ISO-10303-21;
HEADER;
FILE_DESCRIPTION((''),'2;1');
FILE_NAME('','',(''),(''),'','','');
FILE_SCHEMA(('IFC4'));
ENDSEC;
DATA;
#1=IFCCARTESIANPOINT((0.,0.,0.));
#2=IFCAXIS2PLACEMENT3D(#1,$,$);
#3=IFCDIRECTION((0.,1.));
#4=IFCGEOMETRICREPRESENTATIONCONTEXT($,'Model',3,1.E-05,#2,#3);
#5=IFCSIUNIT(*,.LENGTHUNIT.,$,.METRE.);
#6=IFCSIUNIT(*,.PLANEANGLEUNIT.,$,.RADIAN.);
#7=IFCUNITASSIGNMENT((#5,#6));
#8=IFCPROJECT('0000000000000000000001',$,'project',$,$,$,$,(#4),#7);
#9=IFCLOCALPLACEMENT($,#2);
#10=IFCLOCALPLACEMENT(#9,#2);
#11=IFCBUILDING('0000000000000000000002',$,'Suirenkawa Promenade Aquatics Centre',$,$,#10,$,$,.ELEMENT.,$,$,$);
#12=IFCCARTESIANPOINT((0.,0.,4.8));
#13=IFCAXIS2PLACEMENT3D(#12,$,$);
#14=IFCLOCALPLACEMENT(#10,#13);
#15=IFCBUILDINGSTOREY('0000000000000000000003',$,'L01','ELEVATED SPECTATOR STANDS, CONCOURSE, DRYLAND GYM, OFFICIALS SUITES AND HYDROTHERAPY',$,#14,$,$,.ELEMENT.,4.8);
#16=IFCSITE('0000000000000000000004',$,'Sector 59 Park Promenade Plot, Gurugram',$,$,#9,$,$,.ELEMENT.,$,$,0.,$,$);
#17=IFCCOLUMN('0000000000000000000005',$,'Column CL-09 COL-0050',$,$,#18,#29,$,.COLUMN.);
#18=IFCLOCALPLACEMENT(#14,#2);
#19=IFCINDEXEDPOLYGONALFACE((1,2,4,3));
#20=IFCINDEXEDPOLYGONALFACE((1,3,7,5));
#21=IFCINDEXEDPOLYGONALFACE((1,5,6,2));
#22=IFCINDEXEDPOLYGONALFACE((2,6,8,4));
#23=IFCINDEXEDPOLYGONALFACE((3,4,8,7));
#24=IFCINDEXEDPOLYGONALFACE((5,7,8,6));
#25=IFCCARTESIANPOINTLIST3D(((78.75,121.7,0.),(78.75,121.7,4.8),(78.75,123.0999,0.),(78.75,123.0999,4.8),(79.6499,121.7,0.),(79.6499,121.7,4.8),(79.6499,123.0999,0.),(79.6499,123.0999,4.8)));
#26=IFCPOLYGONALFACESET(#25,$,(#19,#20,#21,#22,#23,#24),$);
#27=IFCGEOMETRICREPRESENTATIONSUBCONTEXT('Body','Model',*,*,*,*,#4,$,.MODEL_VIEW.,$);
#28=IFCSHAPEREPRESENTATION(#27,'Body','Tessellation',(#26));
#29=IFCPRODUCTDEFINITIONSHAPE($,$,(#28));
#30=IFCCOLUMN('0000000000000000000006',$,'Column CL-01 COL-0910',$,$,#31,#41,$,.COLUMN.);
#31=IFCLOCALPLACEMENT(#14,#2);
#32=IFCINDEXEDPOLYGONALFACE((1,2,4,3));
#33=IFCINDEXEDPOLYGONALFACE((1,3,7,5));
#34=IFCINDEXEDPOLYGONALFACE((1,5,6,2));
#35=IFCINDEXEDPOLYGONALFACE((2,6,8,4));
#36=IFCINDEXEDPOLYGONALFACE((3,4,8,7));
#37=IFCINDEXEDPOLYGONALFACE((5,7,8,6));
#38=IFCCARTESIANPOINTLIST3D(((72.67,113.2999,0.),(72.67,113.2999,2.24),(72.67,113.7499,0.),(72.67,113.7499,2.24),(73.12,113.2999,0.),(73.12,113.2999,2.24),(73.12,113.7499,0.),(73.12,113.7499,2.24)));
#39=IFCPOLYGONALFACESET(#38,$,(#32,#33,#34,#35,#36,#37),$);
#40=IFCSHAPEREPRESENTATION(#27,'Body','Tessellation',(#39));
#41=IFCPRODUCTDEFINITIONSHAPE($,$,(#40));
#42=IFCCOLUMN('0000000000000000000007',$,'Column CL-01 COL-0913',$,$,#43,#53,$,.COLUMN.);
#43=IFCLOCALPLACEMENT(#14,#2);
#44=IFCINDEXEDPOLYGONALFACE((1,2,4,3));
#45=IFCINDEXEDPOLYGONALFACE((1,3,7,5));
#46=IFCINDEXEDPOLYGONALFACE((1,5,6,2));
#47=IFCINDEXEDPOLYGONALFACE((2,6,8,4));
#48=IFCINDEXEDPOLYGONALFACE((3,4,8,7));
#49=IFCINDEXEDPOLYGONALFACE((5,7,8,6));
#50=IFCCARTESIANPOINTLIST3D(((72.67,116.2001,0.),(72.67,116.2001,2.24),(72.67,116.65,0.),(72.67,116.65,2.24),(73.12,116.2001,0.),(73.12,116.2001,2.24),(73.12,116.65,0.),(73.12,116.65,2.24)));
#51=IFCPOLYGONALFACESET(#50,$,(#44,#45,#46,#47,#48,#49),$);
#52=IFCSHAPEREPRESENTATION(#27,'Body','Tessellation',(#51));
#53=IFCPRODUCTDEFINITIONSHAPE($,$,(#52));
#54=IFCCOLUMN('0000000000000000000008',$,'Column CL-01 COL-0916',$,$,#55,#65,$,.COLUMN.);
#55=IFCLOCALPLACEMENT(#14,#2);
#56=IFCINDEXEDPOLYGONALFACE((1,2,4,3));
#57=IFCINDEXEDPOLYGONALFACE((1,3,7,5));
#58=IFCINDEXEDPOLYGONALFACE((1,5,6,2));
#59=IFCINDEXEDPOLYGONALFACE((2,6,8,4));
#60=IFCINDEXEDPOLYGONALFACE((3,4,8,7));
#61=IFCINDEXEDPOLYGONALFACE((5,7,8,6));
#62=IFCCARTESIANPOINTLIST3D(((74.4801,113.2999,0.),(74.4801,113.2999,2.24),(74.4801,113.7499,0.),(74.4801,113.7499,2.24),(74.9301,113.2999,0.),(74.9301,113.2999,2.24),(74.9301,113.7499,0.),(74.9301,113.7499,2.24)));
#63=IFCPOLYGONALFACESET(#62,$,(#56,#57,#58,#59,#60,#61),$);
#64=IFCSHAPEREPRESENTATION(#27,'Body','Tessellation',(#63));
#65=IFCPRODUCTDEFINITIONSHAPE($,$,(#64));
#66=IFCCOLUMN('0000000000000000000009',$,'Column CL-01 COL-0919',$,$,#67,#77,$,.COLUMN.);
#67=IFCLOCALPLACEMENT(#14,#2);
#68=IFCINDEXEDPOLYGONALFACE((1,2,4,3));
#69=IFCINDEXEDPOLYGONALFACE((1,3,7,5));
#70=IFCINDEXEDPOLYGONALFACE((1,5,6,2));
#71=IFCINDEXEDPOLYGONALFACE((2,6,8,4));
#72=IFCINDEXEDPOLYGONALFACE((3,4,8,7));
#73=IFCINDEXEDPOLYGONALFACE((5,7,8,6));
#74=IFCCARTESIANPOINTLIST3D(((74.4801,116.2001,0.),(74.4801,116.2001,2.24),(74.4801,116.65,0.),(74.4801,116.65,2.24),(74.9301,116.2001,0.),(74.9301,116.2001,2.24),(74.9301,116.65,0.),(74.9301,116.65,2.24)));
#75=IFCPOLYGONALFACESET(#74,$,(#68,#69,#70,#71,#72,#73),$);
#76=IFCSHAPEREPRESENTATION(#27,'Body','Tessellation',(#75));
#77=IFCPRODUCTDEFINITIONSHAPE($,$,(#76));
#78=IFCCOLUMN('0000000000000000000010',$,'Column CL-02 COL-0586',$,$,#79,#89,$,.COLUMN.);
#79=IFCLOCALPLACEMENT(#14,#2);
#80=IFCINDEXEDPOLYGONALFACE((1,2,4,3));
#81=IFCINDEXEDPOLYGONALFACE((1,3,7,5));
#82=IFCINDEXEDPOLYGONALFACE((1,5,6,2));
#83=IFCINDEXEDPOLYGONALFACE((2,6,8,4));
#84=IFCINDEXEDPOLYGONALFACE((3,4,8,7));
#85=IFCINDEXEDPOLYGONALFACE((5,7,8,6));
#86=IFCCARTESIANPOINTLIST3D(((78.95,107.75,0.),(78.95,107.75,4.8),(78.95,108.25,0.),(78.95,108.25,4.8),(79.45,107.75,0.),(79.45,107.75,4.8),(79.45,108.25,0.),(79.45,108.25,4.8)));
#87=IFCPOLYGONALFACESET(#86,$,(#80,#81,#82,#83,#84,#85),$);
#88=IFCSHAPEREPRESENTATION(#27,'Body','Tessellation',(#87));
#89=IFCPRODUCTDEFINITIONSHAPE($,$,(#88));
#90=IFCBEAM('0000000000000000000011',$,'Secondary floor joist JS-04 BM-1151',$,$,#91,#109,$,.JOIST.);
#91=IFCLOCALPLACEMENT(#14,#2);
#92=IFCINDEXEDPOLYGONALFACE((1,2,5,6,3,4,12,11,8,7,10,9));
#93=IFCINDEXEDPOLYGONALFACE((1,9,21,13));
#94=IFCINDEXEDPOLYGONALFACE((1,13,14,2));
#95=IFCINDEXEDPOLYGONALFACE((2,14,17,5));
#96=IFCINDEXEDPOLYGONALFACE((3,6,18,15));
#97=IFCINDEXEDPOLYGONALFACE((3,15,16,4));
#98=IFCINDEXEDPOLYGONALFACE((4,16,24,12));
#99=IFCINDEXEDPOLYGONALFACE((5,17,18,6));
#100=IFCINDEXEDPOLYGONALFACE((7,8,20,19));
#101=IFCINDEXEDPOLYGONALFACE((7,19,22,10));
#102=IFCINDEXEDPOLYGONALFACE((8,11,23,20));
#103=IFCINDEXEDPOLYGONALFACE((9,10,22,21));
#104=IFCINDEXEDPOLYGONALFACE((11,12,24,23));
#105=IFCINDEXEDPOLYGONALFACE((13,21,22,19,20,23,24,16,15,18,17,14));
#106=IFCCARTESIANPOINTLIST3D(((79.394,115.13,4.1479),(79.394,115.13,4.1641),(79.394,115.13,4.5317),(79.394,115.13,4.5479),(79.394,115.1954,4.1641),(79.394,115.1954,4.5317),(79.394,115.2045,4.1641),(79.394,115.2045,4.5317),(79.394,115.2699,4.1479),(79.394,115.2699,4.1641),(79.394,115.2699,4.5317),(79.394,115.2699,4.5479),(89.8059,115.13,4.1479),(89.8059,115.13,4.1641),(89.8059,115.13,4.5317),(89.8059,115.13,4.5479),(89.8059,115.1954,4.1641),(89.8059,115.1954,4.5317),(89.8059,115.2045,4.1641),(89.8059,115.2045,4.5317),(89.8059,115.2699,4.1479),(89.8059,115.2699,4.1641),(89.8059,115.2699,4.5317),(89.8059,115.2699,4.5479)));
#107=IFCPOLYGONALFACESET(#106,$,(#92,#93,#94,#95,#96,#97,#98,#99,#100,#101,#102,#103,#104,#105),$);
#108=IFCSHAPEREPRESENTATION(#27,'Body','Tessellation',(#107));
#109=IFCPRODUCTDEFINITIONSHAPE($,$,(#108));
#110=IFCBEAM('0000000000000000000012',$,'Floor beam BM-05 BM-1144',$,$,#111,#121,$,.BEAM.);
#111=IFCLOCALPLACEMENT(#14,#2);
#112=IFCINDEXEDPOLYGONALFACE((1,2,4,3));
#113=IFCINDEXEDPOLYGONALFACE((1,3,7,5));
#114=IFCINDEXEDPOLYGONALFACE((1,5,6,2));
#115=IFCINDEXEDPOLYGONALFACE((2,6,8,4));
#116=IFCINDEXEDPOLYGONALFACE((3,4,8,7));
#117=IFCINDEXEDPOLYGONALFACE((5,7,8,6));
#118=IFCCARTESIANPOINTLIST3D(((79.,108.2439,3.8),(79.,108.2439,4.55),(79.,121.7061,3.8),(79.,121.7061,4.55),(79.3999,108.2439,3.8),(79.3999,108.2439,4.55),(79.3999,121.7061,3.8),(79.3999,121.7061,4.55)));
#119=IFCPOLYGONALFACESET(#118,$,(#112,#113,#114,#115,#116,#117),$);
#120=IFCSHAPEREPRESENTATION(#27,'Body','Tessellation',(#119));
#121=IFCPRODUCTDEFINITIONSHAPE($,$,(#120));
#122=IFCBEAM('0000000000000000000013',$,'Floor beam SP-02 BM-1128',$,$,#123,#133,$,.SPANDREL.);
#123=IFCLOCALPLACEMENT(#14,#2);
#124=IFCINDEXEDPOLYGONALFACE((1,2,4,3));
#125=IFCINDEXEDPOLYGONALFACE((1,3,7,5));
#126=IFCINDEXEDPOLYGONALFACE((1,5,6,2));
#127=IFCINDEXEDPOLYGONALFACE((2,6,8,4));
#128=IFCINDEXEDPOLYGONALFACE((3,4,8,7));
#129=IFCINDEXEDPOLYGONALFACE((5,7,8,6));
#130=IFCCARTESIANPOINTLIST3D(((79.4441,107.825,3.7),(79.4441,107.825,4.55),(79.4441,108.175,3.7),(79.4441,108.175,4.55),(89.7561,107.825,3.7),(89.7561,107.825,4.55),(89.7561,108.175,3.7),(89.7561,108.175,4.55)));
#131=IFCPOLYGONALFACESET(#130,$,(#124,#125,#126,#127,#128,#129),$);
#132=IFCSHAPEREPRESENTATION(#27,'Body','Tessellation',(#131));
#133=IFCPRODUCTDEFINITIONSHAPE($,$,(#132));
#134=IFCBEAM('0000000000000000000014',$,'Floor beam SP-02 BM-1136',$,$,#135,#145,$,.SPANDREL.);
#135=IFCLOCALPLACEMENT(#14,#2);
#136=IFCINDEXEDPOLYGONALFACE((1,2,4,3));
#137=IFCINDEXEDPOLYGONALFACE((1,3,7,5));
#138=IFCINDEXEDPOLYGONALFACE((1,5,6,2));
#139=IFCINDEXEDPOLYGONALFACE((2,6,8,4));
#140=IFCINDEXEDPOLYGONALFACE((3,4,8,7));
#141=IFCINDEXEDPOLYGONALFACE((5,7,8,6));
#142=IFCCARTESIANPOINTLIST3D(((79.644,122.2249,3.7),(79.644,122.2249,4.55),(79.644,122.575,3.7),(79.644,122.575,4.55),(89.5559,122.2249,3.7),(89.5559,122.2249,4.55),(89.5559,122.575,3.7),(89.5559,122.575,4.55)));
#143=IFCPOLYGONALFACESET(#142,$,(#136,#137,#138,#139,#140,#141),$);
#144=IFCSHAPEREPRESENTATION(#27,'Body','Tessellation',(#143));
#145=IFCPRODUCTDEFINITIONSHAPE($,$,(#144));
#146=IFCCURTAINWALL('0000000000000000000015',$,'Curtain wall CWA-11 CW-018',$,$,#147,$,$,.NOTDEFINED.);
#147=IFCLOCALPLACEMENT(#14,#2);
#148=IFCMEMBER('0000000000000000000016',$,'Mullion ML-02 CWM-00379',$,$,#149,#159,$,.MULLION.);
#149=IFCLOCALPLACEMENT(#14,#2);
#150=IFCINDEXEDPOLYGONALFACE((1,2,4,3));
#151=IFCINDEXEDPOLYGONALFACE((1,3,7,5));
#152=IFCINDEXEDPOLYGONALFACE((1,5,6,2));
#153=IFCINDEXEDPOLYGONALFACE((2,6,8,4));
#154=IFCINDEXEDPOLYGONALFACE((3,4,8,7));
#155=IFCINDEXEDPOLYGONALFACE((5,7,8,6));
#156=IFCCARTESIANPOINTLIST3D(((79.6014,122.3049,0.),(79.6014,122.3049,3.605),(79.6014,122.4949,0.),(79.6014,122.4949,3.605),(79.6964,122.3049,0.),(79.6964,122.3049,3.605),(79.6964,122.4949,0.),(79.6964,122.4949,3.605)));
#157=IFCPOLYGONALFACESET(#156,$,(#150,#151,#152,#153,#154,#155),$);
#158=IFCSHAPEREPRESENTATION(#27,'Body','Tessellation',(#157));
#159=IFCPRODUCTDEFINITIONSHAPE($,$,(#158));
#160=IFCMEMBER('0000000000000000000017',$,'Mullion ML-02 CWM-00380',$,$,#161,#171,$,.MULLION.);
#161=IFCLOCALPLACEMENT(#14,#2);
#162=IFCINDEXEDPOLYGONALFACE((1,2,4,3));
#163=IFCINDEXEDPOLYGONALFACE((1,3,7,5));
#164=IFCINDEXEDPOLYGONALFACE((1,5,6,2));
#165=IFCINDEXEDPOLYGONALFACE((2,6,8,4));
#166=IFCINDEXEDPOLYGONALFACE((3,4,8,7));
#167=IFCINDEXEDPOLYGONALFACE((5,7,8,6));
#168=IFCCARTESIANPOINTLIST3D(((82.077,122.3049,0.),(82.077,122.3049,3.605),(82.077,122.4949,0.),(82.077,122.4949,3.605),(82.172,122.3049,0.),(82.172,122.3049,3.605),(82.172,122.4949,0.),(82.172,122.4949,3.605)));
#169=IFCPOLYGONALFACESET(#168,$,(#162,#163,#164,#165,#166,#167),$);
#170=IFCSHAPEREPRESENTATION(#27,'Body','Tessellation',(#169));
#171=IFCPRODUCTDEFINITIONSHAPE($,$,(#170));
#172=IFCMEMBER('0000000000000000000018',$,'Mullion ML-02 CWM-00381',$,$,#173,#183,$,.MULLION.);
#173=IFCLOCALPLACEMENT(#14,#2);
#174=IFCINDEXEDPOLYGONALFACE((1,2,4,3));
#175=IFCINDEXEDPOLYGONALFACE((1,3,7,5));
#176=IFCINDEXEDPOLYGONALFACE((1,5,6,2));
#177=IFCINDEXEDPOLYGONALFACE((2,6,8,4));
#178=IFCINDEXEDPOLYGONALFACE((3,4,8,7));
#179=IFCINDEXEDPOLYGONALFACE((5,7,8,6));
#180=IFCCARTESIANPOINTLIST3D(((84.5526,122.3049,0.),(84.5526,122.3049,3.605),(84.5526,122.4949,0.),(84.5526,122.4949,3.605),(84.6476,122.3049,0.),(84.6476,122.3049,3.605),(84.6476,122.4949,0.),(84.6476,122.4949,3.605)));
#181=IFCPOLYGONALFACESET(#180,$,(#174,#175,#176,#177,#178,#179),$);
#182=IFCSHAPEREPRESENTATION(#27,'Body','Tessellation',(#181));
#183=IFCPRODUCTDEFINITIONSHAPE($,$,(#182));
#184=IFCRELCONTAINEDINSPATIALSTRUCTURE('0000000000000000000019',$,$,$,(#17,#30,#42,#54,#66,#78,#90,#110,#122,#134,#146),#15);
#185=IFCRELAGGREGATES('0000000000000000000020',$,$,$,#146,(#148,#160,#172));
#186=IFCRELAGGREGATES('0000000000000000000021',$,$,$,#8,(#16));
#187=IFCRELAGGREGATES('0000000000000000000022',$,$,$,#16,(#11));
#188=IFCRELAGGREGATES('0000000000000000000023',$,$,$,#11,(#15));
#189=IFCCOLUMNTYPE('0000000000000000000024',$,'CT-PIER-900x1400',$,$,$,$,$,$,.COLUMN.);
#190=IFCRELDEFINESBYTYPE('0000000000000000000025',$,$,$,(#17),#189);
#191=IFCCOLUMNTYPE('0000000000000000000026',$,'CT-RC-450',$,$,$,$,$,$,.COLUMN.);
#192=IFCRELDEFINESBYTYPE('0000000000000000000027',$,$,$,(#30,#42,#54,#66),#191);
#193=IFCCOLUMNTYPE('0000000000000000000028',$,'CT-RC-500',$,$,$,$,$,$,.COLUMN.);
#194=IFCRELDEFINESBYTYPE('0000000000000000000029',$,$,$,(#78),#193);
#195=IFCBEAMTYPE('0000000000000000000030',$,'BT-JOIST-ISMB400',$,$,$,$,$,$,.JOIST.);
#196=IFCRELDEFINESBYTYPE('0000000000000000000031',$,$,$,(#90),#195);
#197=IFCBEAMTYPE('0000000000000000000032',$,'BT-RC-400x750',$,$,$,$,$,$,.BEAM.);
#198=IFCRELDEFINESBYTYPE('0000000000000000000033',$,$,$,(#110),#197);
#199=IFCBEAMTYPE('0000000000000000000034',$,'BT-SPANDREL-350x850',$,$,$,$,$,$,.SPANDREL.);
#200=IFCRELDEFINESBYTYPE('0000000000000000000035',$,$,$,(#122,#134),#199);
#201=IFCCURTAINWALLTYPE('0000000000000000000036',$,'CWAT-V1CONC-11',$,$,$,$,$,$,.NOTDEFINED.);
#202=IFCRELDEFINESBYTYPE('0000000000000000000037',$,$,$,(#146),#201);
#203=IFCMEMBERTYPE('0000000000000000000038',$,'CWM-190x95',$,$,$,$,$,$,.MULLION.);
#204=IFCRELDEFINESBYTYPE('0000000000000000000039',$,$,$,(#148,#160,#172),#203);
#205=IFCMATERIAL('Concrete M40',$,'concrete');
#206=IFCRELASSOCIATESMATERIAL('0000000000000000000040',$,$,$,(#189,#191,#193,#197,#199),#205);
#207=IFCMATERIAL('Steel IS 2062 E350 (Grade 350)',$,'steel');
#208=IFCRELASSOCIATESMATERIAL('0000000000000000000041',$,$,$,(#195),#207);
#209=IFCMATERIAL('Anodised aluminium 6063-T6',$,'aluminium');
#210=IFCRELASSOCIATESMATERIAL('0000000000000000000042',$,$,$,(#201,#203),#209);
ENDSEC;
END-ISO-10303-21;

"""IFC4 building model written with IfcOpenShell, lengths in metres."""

from ifc_helpers import new_model, si_unit, direction, frame, origin, origin_2d, place, context, subcontext, project, spatial, rectangle, i_section, extrude, material, material_profile, profile_set, type_object, element, aggregate, save


model = new_model("IFC4")

# Units and contexts
model_context = context("Model", 3, precision=1e-05, world=origin(), true_north=direction((0.0, 1.0)))
body_context = subcontext(model_context, "Body", "Model", "MODEL_VIEW")
ifc_project = project(units=[si_unit("LENGTHUNIT", "METRE"), si_unit("PLANEANGLEUNIT", "RADIAN")], contexts=[model_context])

# Site, building, storey
site_placement = place(None, origin())
site = spatial("IfcSite", under=ifc_project, at=site_placement, Name="Sector 59 Park Promenade Plot, Gurugram", CompositionType="ELEMENT", RefElevation=0.0)
building_placement = place(site_placement, origin())
building = spatial("IfcBuilding", under=site, at=building_placement, Name="Suirenkawa Promenade Aquatics Centre", CompositionType="ELEMENT")
storey_placement = place(building_placement, frame((0.0, 0.0, 4.8)))
storey = spatial("IfcBuildingStorey", under=building, at=storey_placement, Name="L01", Description="ELEVATED SPECTATOR STANDS, CONCOURSE, DRYLAND GYM, OFFICIALS SUITES AND HYDROTHERAPY", CompositionType="ELEMENT", Elevation=4.8)

# Columns
ifc_material_1 = material(Name="Concrete M40", Category="concrete")
ifc_material_profile_1 = material_profile(ifc_material_1, rectangle(XDim=0.8999, YDim=1.3999, at=origin_2d()), Name="RC PIER 900x1400", Category="concrete")
ifc_profile_set_1 = profile_set([ifc_material_profile_1], Name="Concrete M40")
column_type_1 = type_object("IfcColumnType", Name="CT-PIER-900x1400", PredefinedType="COLUMN", material=ifc_profile_set_1)
column_1_placement = place(storey_placement, frame((79.2, 122.3999, 0.0), z_axis=(0.0, 0.0, 1.0), x_axis=(1.0, 0.0, 0.0)))
element("IfcColumn", 1, at=column_1_placement, inside=storey, type_object=column_type_1, Name="Column CL-09 COL-0050", PredefinedType="COLUMN", context=body_context, shape_type="SweptSolid", body=[
    extrude(rectangle(XDim=0.8999, YDim=1.3999, at=origin_2d()), origin(), (0.0, 0.0, 1.0), 4.8),
])
ifc_material_profile_2 = material_profile(ifc_material_1, rectangle(XDim=0.45, YDim=0.45, at=origin_2d()), Name="RC COL 450x450", Category="concrete")
ifc_profile_set_2 = profile_set([ifc_material_profile_2], Name="Concrete M40")
column_type_2 = type_object("IfcColumnType", Name="CT-RC-450", PredefinedType="COLUMN", material=ifc_profile_set_2)
for number, where, z_axis, x_axis, name in (
    (2, (72.895, 113.5249, 0.0), (0.0, 0.0, 1.0), (1.0, 0.0, 0.0), "Column CL-01 COL-0910"),
    (3, (72.895, 116.425, 0.0), (0.0, 0.0, 1.0), (1.0, 0.0, 0.0), "Column CL-01 COL-0913"),
    (4, (74.7051, 113.5249, 0.0), (0.0, 0.0, 1.0), (1.0, 0.0, 0.0), "Column CL-01 COL-0916"),
    (5, (74.7051, 116.425, 0.0), (0.0, 0.0, 1.0), (1.0, 0.0, 0.0), "Column CL-01 COL-0919"),
):
    element("IfcColumn", number, at=place(storey_placement, frame(where, z_axis=z_axis, x_axis=x_axis)), inside=storey, type_object=column_type_2, Name=name, PredefinedType="COLUMN", context=body_context, shape_type="SweptSolid", body=[
        extrude(rectangle(XDim=0.45, YDim=0.45, at=origin_2d()), origin(), (0.0, 0.0, 1.0), 2.24),
    ])
ifc_material_profile_3 = material_profile(ifc_material_1, rectangle(XDim=0.5, YDim=0.5, at=origin_2d()), Name="RC COL 500x500", Category="concrete")
ifc_profile_set_3 = profile_set([ifc_material_profile_3], Name="Concrete M40")
column_type_3 = type_object("IfcColumnType", Name="CT-RC-500", PredefinedType="COLUMN", material=ifc_profile_set_3)
column_2_placement = place(storey_placement, frame((79.2, 108.0, 0.0), z_axis=(0.0, 0.0, 1.0), x_axis=(1.0, 0.0, 0.0)))
element("IfcColumn", 6, at=column_2_placement, inside=storey, type_object=column_type_3, Name="Column CL-02 COL-0586", PredefinedType="COLUMN", context=body_context, shape_type="SweptSolid", body=[
    extrude(rectangle(XDim=0.5, YDim=0.5, at=origin_2d()), origin(), (0.0, 0.0, 1.0), 4.8),
])

# Beams
ifc_material_2 = material(Name="Steel IS 2062 E350 (Grade 350)", Category="steel")
ifc_material_profile_4 = material_profile(ifc_material_2, i_section(OverallWidth=0.1399, OverallDepth=0.3999, WebThickness=0.009, FlangeThickness=0.0161, at=origin_2d()), Name="ISMB 400", Category="steel")
ifc_profile_set_4 = profile_set([ifc_material_profile_4], Name="Steel IS 2062 E350 (Grade 350)")
beam_type_1 = type_object("IfcBeamType", Name="BT-JOIST-ISMB400", PredefinedType="JOIST", material=ifc_profile_set_4)
beam_1_placement = place(storey_placement, frame((79.394, 115.2, 4.3479), z_axis=(1.0, 0.0, 0.0), x_axis=(0.0, 1.0, 0.0)))
element("IfcBeam", 7, at=beam_1_placement, inside=storey, type_object=beam_type_1, Name="Secondary floor joist JS-04 BM-1151", PredefinedType="JOIST", context=body_context, shape_type="SweptSolid", body=[
    extrude(i_section(OverallWidth=0.1399, OverallDepth=0.3999, WebThickness=0.009, FlangeThickness=0.0161, at=origin_2d()), origin(), (0.0, 0.0, 1.0), 10.4119),
])
ifc_material_profile_5 = material_profile(ifc_material_1, rectangle(XDim=0.3999, YDim=0.75, at=origin_2d()), Name="RC BM 400x750", Category="concrete")
ifc_profile_set_5 = profile_set([ifc_material_profile_5], Name="Concrete M40")
beam_type_2 = type_object("IfcBeamType", Name="BT-RC-400x750", PredefinedType="BEAM", material=ifc_profile_set_5)
beam_2_placement = place(storey_placement, frame((79.2, 108.2439, 4.175), z_axis=(0.0, 1.0, 0.0), x_axis=(-1.0, 0.0, 0.0)))
element("IfcBeam", 8, at=beam_2_placement, inside=storey, type_object=beam_type_2, Name="Floor beam BM-05 BM-1144", PredefinedType="BEAM", context=body_context, shape_type="SweptSolid", body=[
    extrude(rectangle(XDim=0.3999, YDim=0.75, at=origin_2d()), origin(), (0.0, 0.0, 1.0), 13.4622),
])
ifc_material_profile_6 = material_profile(ifc_material_1, rectangle(XDim=0.3501, YDim=0.8501, at=origin_2d()), Name="RC SPANDREL 350x850", Category="concrete")
ifc_profile_set_6 = profile_set([ifc_material_profile_6], Name="Concrete M40")
beam_type_3 = type_object("IfcBeamType", Name="BT-SPANDREL-350x850", PredefinedType="SPANDREL", material=ifc_profile_set_6)
beam_3_placement = place(storey_placement, frame((79.4441, 108.0, 4.125), z_axis=(1.0, 0.0, 0.0), x_axis=(0.0, 1.0, 0.0)))
element("IfcBeam", 9, at=beam_3_placement, inside=storey, type_object=beam_type_3, Name="Floor beam SP-02 BM-1128", PredefinedType="SPANDREL", context=body_context, shape_type="SweptSolid", body=[
    extrude(rectangle(XDim=0.3501, YDim=0.8501, at=origin_2d()), origin(), (0.0, 0.0, 1.0), 10.312),
])
beam_4_placement = place(storey_placement, frame((79.644, 122.3999, 4.125), z_axis=(1.0, 0.0, 0.0), x_axis=(0.0, 1.0, 0.0)))
element("IfcBeam", 10, at=beam_4_placement, inside=storey, type_object=beam_type_3, Name="Floor beam SP-02 BM-1136", PredefinedType="SPANDREL", context=body_context, shape_type="SweptSolid", body=[
    extrude(rectangle(XDim=0.3501, YDim=0.8501, at=origin_2d()), origin(), (0.0, 0.0, 1.0), 9.9119),
])

# Curtain wall, members
ifc_material_3 = material(Name="Anodised aluminium 6063-T6", Category="aluminium")
curtain_wall_type = type_object("IfcCurtainWallType", Name="CWAT-V1CONC-11", PredefinedType="NOTDEFINED", material=ifc_material_3)
curtain_wall_placement = place(storey_placement, origin())
curtain_wall = element("IfcCurtainWall", 11, at=curtain_wall_placement, inside=storey, type_object=curtain_wall_type, Name="Curtain wall CWA-11 CW-018", PredefinedType="NOTDEFINED")
ifc_material_profile_7 = material_profile(ifc_material_3, rectangle(XDim=0.095, YDim=0.1899, at=origin_2d()), Name="ALU MULL 95x190", Category="aluminium")
ifc_profile_set_7 = profile_set([ifc_material_profile_7], Name="Anodised aluminium 6063-T6")
member_type_1 = type_object("IfcMemberType", Name="CWM-190x95", PredefinedType="MULLION", material=ifc_profile_set_7)
member_1_placement = place(storey_placement, frame((79.6489, 122.3999, 0.0), z_axis=(0.0, 0.0, 1.0), x_axis=(1.0, 0.0, 0.0)))
member_1 = element("IfcMember", 12, at=member_1_placement, type_object=member_type_1, Name="Mullion ML-02 CWM-00379", PredefinedType="MULLION", context=body_context, shape_type="SweptSolid", body=[
    extrude(rectangle(XDim=0.095, YDim=0.1899, at=origin_2d()), origin(), (0.0, 0.0, 1.0), 3.605),
])
member_2_placement = place(storey_placement, frame((82.1245, 122.3999, 0.0), z_axis=(0.0, 0.0, 1.0), x_axis=(1.0, 0.0, 0.0)))
member_2 = element("IfcMember", 13, at=member_2_placement, type_object=member_type_1, Name="Mullion ML-02 CWM-00380", PredefinedType="MULLION", context=body_context, shape_type="SweptSolid", body=[
    extrude(rectangle(XDim=0.095, YDim=0.1899, at=origin_2d()), origin(), (0.0, 0.0, 1.0), 3.605),
])
member_3_placement = place(storey_placement, frame((84.6001, 122.3999, 0.0), z_axis=(0.0, 0.0, 1.0), x_axis=(1.0, 0.0, 0.0)))
member_3 = element("IfcMember", 14, at=member_3_placement, type_object=member_type_1, Name="Mullion ML-02 CWM-00381", PredefinedType="MULLION", context=body_context, shape_type="SweptSolid", body=[
    extrude(rectangle(XDim=0.095, YDim=0.1899, at=origin_2d()), origin(), (0.0, 0.0, 1.0), 3.605),
])

aggregate(curtain_wall, [member_1, member_2, member_3])

save(model, "model.ifc")
